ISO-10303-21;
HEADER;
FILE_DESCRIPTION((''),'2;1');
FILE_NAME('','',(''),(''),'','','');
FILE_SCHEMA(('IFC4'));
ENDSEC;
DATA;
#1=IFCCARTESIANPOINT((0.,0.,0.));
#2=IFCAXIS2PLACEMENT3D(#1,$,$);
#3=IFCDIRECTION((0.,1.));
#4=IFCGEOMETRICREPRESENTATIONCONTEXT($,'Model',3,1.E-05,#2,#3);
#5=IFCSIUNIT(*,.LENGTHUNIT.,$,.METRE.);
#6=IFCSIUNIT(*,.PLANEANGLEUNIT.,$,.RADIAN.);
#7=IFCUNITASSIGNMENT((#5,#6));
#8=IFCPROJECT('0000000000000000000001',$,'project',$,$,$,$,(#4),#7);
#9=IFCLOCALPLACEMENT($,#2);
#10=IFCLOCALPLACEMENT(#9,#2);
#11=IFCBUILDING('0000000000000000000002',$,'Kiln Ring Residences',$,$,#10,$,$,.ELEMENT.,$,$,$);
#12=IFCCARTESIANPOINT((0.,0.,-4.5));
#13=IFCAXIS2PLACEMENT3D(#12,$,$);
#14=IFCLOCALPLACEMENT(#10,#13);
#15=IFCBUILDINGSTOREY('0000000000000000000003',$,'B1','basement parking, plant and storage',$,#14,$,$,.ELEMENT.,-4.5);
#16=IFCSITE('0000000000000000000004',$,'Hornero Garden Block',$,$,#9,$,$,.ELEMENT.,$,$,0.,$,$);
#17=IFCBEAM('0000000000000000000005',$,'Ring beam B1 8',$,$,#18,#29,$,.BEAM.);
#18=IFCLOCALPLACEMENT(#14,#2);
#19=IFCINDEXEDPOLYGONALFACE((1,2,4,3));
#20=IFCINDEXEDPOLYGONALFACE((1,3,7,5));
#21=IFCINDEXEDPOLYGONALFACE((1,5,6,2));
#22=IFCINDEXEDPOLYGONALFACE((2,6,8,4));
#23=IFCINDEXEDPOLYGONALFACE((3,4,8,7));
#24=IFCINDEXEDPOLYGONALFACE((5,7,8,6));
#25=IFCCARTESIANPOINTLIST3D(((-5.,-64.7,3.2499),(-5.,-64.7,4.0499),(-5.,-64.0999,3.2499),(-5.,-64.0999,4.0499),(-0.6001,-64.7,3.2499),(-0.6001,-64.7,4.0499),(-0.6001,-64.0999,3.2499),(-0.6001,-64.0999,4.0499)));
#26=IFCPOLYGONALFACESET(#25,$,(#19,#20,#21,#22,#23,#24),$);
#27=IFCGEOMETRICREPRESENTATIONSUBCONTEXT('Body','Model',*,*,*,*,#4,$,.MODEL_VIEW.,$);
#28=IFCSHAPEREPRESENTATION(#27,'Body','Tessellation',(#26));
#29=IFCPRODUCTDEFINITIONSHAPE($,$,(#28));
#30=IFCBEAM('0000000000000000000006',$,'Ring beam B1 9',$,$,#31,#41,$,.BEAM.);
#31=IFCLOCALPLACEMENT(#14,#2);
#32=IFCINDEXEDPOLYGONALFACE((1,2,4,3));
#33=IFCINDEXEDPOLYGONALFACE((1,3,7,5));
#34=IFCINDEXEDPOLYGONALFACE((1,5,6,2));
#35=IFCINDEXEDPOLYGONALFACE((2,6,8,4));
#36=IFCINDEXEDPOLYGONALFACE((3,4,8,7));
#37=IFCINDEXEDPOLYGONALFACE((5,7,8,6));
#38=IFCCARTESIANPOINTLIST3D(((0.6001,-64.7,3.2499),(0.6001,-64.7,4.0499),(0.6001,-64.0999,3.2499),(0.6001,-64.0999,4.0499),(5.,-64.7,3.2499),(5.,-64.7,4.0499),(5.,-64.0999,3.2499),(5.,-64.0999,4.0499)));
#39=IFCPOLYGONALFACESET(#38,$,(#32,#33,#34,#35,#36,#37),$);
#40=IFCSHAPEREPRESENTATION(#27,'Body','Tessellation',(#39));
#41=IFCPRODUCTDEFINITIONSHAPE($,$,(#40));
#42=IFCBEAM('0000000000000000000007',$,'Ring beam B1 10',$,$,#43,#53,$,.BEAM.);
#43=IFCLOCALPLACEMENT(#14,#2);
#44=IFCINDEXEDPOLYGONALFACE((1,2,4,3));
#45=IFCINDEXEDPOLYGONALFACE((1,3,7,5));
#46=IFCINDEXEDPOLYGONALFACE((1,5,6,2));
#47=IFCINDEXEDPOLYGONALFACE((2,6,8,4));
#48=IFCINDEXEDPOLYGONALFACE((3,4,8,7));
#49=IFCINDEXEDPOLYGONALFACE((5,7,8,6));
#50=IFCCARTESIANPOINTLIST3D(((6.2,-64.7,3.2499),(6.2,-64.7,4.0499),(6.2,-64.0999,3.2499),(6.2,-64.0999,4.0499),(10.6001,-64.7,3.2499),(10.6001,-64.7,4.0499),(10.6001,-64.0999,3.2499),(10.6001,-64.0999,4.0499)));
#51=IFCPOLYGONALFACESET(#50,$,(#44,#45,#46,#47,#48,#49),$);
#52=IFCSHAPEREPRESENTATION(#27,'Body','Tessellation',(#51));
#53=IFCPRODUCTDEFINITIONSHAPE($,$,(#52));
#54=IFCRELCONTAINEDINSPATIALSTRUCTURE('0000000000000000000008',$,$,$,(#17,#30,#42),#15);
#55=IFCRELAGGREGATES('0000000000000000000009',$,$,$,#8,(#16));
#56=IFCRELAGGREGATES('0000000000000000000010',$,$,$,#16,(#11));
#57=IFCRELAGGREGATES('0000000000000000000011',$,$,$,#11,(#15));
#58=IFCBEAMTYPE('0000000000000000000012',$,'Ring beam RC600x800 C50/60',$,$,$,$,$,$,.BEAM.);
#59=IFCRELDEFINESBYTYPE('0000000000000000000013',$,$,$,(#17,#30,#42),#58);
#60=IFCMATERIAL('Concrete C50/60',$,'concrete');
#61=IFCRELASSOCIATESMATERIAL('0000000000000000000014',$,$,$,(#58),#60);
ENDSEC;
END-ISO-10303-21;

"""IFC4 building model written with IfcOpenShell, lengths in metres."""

from ifc_helpers import new_model, si_unit, direction, frame, origin, origin_2d, place, context, subcontext, project, spatial, rectangle, extrude, material, material_profile, profile_set, type_object, element, save


model = new_model("IFC4")

# Units and contexts
model_context = context("Model", 3, precision=1e-05, world=origin(), true_north=direction((0.0, 1.0)))
body_context = subcontext(model_context, "Body", "Model", "MODEL_VIEW")
ifc_project = project(units=[si_unit("LENGTHUNIT", "METRE"), si_unit("PLANEANGLEUNIT", "RADIAN")], contexts=[model_context])

# Site, building, storey
site_placement = place(None, origin())
site = spatial("IfcSite", under=ifc_project, at=site_placement, Name="Hornero Garden Block", CompositionType="ELEMENT", RefElevation=0.0)
building_placement = place(site_placement, origin())
building = spatial("IfcBuilding", under=site, at=building_placement, Name="Kiln Ring Residences", CompositionType="ELEMENT")
storey_placement = place(building_placement, frame((0.0, 0.0, -4.5)))
storey = spatial("IfcBuildingStorey", under=building, at=storey_placement, Name="B1", Description="basement parking, plant and storage", CompositionType="ELEMENT", Elevation=-4.5)

# Beams
ifc_material_1 = material(Name="Concrete C50/60", Category="concrete")
ifc_material_profile_1 = material_profile(ifc_material_1, rectangle(XDim=0.6001, YDim=0.8, at=origin_2d()), Name="RC600x800")
ifc_profile_set_1 = profile_set([ifc_material_profile_1], Name="Concrete C50/60")
beam_type = type_object("IfcBeamType", Name="Ring beam RC600x800 C50/60", PredefinedType="BEAM", material=ifc_profile_set_1)
for number, where, z_axis, x_axis, name in (
    (1, (-5.0, -64.3999, 3.6499), (1.0, 0.0, 0.0), (0.0, 1.0, 0.0), "Ring beam B1 8"),
    (2, (0.6001, -64.3999, 3.6499), (1.0, 0.0, 0.0), (0.0, 1.0, 0.0), "Ring beam B1 9"),
):
    element("IfcBeam", number, at=place(storey_placement, frame(where, z_axis=z_axis, x_axis=x_axis)), inside=storey, type_object=beam_type, Name=name, PredefinedType="BEAM", context=body_context, shape_type="SweptSolid", body=[
        extrude(rectangle(XDim=0.6001, YDim=0.8, at=origin_2d()), origin(), (0.0, 0.0, 1.0), 4.3999),
    ])
beam_placement = place(storey_placement, frame((6.2, -64.3999, 3.6499), z_axis=(1.0, 0.0, 0.0), x_axis=(0.0, 1.0, 0.0)))
element("IfcBeam", 3, at=beam_placement, inside=storey, type_object=beam_type, Name="Ring beam B1 10", PredefinedType="BEAM", context=body_context, shape_type="SweptSolid", body=[
    extrude(rectangle(XDim=0.6001, YDim=0.8, at=origin_2d()), origin(), (0.0, 0.0, 1.0), 4.4001),
])

save(model, "model.ifc")
